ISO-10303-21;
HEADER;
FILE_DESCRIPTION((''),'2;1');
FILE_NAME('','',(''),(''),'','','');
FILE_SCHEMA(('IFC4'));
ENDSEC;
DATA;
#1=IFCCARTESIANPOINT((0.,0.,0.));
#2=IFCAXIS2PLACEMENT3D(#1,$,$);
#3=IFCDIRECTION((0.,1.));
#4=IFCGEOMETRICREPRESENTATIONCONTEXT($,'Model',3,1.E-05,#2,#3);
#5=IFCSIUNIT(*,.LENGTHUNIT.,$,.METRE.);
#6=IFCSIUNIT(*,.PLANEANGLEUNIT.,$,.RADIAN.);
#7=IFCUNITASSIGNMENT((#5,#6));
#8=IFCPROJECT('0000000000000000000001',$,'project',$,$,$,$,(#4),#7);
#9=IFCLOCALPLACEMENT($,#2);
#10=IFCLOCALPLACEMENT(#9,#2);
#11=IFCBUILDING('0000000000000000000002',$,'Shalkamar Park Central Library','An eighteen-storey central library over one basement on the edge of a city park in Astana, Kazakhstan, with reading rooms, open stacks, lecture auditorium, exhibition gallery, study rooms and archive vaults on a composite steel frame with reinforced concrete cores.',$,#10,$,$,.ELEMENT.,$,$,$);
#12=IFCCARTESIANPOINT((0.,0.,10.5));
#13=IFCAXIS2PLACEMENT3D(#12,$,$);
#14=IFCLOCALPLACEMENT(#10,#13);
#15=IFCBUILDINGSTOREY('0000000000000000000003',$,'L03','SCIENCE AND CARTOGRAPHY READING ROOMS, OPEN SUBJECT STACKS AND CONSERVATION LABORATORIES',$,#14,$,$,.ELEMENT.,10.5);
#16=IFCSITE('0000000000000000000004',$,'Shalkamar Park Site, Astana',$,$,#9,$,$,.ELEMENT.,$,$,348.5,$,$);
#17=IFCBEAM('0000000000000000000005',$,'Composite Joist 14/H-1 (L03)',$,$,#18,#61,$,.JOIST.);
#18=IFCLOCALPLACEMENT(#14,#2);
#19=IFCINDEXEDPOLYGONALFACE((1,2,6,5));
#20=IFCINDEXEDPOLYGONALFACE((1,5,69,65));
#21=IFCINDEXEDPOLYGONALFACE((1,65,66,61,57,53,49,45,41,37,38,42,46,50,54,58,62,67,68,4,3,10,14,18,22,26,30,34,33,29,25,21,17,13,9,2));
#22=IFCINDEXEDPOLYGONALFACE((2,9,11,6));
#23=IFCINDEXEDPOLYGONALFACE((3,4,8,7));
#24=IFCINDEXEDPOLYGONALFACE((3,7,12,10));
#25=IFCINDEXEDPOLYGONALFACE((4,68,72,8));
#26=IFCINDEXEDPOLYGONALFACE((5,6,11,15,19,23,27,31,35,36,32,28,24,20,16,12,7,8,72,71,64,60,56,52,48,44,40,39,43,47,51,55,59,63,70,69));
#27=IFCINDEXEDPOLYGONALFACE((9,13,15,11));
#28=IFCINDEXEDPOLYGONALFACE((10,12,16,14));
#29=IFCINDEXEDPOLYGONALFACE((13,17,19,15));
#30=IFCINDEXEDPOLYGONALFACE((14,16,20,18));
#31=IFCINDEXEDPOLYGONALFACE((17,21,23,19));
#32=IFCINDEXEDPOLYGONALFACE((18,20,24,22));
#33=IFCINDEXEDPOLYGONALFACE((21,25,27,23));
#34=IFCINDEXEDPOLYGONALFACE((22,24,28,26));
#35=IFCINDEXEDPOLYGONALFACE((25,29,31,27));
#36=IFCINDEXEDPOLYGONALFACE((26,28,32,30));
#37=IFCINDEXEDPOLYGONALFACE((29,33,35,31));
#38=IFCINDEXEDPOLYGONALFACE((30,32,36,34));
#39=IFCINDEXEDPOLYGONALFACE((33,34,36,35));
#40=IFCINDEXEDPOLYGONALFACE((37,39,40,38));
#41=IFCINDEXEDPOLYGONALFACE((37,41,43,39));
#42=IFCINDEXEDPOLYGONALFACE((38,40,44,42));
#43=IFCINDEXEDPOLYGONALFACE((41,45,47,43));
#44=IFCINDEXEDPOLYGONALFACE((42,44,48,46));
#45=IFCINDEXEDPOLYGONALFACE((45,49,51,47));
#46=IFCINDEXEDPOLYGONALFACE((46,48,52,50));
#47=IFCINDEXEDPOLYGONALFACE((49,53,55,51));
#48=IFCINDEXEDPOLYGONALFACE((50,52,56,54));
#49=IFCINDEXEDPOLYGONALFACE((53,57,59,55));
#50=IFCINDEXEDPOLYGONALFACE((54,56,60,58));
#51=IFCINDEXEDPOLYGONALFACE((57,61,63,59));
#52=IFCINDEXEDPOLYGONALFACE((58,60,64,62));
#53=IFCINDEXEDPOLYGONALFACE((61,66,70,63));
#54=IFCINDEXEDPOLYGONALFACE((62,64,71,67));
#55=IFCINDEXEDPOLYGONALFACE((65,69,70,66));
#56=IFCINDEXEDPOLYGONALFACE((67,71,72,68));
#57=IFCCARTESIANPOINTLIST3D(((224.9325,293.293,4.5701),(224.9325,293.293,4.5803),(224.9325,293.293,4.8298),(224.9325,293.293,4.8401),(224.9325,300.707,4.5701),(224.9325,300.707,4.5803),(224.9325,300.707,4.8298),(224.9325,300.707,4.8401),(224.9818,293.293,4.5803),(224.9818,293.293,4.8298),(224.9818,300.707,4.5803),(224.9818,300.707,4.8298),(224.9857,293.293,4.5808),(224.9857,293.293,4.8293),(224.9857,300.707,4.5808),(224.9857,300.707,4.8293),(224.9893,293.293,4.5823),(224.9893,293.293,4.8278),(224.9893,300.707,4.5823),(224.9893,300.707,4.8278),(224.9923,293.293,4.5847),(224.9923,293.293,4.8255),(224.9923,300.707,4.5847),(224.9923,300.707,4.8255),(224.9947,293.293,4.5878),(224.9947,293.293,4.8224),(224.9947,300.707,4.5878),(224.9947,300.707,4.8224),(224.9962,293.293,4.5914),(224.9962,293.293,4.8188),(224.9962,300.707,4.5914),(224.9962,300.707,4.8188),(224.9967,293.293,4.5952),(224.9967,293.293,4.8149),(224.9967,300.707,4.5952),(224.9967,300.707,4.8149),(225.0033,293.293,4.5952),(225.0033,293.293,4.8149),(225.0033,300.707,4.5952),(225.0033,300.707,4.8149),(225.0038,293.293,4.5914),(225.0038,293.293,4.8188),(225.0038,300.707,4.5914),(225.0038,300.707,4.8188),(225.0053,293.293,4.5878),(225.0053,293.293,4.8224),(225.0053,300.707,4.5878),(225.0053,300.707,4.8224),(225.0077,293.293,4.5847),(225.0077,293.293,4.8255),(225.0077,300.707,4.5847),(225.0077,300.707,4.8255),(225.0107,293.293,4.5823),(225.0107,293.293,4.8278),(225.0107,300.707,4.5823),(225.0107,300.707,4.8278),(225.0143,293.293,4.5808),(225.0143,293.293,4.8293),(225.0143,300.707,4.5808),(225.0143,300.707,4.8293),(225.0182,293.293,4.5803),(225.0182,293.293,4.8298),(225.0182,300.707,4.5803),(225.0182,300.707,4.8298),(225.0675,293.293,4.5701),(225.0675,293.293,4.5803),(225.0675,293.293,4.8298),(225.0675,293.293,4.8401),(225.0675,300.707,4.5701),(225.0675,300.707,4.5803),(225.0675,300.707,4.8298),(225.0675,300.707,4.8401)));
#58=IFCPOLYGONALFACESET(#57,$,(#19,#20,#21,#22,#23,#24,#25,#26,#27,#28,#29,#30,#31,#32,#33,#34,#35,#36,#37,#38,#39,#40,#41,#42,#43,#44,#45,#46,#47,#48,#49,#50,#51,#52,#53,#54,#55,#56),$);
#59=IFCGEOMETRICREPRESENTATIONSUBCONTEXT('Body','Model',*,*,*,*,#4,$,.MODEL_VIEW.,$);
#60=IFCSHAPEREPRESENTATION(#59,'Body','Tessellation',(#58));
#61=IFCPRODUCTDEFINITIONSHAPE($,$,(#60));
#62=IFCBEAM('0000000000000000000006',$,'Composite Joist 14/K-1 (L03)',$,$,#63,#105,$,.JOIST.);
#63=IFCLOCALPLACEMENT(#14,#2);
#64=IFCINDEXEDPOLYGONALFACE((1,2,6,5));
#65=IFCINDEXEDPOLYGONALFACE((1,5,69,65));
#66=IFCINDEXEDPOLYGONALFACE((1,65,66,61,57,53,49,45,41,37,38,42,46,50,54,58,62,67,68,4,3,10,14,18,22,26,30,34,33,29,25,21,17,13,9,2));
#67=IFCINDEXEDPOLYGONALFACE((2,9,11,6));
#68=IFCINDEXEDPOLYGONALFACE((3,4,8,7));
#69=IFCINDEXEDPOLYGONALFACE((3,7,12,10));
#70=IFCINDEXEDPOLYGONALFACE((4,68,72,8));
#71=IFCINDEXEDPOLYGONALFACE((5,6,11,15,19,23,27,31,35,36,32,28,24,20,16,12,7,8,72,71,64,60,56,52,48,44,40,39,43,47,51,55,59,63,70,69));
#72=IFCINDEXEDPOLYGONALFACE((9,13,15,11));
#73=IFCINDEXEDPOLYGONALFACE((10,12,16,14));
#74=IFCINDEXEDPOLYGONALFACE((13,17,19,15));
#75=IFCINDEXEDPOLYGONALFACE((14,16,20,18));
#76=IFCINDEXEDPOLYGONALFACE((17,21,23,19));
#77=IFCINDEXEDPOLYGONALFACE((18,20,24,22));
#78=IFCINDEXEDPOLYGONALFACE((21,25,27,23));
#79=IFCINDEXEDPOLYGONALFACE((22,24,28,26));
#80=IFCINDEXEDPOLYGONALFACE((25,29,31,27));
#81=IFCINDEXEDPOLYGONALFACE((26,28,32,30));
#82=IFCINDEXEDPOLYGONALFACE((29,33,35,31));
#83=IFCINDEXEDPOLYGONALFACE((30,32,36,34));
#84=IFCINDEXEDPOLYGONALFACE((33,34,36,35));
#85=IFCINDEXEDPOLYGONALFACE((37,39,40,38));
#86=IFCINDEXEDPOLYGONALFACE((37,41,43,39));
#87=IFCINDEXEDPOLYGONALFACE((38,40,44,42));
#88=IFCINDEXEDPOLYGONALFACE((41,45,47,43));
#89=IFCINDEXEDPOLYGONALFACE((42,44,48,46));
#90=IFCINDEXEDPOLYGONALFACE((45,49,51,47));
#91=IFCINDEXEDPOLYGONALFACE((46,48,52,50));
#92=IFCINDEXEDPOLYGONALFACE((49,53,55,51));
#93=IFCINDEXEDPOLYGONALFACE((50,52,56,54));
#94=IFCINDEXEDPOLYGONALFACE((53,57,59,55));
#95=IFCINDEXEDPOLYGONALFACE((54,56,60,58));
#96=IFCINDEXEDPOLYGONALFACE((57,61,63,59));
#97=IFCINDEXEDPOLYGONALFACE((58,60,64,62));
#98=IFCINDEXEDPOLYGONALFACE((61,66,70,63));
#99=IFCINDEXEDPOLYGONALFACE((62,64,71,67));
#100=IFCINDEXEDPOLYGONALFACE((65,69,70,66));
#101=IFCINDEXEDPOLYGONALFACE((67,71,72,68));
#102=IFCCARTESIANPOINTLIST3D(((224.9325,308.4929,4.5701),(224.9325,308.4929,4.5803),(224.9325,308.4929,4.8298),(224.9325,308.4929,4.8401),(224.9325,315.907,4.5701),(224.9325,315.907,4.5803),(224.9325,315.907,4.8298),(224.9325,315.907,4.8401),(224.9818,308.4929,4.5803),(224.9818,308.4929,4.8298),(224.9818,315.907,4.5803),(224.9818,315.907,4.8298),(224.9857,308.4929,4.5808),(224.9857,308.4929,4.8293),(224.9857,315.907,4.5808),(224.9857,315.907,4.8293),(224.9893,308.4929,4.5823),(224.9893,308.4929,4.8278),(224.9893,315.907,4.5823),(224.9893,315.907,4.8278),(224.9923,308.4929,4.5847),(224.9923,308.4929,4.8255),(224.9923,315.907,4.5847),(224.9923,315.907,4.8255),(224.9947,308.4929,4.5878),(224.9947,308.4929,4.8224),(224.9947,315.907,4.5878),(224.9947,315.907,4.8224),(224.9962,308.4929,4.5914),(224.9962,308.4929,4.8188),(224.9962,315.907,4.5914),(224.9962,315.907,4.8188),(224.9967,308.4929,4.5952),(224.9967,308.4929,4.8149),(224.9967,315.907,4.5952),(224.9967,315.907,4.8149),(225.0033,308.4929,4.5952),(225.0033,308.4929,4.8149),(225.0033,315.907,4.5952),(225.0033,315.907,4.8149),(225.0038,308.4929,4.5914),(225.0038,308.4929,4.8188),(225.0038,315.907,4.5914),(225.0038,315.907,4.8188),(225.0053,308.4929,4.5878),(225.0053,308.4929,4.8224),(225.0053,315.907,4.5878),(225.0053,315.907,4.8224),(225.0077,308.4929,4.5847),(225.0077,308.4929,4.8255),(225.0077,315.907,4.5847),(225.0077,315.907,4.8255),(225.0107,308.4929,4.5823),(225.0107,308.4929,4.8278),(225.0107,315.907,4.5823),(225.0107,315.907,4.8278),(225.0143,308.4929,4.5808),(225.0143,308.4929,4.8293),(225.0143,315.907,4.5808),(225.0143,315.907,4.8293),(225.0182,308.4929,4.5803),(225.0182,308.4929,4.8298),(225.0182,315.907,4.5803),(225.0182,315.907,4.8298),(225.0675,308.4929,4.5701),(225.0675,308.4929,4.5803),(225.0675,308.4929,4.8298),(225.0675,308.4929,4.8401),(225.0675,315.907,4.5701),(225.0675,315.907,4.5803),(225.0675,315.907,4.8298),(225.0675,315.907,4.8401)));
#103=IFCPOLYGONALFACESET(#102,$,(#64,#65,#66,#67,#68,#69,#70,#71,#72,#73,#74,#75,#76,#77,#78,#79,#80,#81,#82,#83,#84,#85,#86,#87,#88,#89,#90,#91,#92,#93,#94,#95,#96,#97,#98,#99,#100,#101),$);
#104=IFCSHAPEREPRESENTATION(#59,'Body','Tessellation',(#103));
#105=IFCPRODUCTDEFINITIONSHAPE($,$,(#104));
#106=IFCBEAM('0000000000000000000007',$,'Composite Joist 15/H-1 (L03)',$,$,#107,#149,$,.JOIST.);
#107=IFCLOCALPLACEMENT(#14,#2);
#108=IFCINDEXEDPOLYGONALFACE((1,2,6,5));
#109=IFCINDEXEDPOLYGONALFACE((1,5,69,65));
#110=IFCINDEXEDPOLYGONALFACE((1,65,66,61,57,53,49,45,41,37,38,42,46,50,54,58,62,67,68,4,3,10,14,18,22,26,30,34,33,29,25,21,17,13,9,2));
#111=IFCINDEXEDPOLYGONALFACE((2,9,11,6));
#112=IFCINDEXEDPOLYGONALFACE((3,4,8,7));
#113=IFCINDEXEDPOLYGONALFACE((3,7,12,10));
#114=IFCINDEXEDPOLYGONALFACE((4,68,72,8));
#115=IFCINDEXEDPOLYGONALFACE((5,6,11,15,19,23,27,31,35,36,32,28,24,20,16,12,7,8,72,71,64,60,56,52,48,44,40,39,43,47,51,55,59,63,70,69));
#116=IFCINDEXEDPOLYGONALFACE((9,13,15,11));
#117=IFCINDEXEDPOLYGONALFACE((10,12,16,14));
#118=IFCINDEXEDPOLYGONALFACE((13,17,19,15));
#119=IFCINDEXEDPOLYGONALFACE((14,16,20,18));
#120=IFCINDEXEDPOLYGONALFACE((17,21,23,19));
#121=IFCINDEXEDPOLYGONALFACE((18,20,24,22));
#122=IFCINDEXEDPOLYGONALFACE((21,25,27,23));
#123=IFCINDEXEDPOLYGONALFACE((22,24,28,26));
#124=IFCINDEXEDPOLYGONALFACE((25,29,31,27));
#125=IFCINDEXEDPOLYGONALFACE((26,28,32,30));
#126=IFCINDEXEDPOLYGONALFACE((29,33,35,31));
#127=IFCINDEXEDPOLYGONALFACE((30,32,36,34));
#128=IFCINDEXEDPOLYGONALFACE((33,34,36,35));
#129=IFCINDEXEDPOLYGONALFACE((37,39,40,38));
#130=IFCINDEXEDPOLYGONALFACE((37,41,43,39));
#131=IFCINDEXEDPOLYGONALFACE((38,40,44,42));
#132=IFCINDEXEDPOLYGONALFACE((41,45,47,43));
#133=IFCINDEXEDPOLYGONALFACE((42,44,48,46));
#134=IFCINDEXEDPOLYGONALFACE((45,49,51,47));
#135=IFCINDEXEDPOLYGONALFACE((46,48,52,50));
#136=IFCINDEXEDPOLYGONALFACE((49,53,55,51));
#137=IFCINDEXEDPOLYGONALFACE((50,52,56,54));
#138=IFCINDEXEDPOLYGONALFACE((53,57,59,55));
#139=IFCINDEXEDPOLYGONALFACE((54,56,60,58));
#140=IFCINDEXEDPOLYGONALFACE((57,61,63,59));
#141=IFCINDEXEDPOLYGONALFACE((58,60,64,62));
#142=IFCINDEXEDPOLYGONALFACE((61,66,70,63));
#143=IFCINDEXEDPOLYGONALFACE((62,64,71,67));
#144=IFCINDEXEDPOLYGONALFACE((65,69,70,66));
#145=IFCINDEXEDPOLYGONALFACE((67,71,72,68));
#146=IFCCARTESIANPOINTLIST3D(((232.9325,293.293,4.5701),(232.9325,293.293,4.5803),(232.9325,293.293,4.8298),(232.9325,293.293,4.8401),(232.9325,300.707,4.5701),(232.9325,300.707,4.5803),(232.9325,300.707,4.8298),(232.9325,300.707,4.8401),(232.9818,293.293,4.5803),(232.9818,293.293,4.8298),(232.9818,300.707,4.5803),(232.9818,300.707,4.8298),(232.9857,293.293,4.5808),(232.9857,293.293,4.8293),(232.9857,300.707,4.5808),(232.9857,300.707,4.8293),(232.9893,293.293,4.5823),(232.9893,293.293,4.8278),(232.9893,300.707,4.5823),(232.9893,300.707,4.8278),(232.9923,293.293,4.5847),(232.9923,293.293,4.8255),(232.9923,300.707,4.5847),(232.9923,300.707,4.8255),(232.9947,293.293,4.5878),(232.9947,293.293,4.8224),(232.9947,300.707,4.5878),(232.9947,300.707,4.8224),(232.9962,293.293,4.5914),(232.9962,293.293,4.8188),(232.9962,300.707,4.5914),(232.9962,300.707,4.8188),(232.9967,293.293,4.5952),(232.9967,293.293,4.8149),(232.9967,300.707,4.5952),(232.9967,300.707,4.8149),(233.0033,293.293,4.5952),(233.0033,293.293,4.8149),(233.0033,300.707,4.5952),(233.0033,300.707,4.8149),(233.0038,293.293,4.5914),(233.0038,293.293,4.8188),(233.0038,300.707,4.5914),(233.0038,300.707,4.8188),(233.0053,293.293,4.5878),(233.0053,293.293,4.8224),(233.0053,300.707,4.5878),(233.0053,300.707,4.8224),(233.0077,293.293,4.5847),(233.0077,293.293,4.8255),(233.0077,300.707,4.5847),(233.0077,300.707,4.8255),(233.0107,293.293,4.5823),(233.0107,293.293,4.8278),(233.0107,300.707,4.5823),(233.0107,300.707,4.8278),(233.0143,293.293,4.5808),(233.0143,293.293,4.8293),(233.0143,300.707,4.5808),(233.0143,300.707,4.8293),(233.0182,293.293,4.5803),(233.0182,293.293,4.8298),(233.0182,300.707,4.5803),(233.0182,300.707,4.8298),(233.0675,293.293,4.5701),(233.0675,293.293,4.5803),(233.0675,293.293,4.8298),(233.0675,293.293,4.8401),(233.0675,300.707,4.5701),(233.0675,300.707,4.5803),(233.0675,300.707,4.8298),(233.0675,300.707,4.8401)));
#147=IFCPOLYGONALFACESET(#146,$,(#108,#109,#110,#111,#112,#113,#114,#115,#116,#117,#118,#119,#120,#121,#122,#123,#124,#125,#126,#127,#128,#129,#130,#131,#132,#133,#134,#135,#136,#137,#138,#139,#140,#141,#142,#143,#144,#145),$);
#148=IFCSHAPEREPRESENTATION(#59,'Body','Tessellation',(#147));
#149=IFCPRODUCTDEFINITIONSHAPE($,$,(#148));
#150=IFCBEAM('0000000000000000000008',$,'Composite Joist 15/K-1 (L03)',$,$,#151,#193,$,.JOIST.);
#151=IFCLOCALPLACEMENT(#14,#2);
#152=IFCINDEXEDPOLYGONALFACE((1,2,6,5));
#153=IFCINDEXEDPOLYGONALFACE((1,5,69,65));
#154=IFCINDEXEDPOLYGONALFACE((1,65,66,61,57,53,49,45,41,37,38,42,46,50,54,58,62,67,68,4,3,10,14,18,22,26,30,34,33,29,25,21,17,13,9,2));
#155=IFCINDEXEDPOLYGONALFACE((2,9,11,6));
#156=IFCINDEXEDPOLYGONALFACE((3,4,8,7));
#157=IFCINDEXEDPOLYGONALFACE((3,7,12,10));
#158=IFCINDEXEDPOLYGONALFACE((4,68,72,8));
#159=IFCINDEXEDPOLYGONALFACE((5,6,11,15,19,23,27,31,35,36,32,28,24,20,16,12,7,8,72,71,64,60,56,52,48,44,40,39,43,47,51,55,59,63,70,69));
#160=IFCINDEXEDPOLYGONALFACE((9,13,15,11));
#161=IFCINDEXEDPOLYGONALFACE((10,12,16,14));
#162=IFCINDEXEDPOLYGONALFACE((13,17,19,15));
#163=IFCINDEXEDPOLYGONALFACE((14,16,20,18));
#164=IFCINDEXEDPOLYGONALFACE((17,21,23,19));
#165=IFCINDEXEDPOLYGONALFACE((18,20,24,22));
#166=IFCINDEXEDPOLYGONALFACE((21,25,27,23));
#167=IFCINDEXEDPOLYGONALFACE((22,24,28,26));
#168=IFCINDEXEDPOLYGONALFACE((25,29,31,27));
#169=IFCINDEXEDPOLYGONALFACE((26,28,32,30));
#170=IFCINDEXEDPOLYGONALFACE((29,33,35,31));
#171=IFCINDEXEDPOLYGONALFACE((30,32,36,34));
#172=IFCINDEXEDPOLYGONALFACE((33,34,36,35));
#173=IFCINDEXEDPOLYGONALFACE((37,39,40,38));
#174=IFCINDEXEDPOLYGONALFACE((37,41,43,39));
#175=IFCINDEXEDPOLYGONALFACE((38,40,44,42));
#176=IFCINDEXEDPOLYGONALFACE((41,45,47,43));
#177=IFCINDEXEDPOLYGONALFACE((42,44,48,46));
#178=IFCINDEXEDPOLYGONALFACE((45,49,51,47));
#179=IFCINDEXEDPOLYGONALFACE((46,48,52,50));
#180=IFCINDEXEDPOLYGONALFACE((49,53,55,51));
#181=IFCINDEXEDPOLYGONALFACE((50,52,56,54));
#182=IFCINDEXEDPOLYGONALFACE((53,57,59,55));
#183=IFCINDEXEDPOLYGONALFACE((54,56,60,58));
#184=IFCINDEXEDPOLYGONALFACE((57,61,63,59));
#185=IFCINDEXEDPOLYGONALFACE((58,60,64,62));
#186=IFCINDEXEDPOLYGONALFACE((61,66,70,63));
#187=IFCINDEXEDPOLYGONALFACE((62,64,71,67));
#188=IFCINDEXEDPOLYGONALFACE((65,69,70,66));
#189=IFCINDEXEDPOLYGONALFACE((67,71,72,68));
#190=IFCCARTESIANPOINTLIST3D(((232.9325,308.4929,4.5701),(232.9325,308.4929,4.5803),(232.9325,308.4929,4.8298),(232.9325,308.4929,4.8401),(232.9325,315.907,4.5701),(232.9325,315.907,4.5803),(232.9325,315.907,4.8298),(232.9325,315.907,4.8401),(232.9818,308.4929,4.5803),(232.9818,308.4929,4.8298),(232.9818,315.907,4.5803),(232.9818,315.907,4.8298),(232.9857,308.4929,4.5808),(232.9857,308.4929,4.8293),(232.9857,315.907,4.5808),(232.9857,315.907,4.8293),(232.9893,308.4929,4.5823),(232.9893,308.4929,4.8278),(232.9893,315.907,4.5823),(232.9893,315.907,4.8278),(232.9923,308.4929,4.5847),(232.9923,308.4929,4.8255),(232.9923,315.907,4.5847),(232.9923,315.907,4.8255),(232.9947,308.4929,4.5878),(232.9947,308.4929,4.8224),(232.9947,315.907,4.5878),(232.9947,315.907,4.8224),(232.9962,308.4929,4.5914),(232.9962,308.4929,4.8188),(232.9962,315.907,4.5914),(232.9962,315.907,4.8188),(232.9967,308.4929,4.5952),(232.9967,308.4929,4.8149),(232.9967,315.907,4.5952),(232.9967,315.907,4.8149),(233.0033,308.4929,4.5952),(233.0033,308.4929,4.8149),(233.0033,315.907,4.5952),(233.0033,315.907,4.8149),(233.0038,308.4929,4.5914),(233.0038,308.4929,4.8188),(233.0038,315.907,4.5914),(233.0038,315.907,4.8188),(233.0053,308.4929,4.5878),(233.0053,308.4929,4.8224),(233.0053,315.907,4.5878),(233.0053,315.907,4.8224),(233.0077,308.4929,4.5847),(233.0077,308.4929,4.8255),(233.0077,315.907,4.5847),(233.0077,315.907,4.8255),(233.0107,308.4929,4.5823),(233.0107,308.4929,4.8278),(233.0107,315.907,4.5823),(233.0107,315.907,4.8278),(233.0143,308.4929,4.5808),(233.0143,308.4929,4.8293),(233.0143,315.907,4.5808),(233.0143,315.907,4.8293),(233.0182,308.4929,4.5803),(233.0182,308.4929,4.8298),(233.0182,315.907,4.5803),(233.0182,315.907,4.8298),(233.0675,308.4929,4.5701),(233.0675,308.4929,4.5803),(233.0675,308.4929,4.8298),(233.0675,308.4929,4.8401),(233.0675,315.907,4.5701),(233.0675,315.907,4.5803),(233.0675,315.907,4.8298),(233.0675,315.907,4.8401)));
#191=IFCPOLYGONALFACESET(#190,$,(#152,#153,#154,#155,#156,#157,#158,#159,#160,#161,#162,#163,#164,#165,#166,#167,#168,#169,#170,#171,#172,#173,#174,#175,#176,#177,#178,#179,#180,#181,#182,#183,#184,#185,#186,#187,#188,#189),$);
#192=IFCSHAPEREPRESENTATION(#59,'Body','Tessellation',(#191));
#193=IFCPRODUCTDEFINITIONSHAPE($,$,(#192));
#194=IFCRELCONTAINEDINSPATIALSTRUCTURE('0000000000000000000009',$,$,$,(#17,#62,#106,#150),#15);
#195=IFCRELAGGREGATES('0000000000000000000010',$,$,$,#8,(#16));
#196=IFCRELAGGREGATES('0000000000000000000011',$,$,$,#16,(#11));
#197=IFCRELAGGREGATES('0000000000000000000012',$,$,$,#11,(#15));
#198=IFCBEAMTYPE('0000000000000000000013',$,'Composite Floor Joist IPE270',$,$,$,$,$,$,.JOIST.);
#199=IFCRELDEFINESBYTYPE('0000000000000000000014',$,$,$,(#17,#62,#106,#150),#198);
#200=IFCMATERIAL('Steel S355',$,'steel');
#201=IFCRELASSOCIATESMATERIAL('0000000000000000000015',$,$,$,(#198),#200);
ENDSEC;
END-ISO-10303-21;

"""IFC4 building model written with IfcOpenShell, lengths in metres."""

from ifc_helpers import new_model, si_unit, direction, frame, origin, origin_2d, place, context, subcontext, project, spatial, i_section, extrude, material, material_profile, profile_set, type_object, element, save


model = new_model("IFC4")

# Units and contexts
model_context = context("Model", 3, precision=1e-05, world=origin(), true_north=direction((0.0, 1.0)))
body_context = subcontext(model_context, "Body", "Model", "MODEL_VIEW")
ifc_project = project(units=[si_unit("LENGTHUNIT", "METRE"), si_unit("PLANEANGLEUNIT", "RADIAN")], contexts=[model_context])

# Site, building, storey
site_placement = place(None, origin())
site = spatial("IfcSite", under=ifc_project, at=site_placement, Name="Shalkamar Park Site, Astana", CompositionType="ELEMENT", RefElevation=348.5)
building_placement = place(site_placement, origin())
building = spatial("IfcBuilding", under=site, at=building_placement, Name="Shalkamar Park Central Library", Description="An eighteen-storey central library over one basement on the edge of a city park in Astana, Kazakhstan, with reading rooms, open stacks, lecture auditorium, exhibition gallery, study rooms and archive vaults on a composite steel frame with reinforced concrete cores.", CompositionType="ELEMENT")
storey_placement = place(building_placement, frame((0.0, 0.0, 10.5)))
storey = spatial("IfcBuildingStorey", under=building, at=storey_placement, Name="L03", Description="SCIENCE AND CARTOGRAPHY READING ROOMS, OPEN SUBJECT STACKS AND CONSERVATION LABORATORIES", CompositionType="ELEMENT", Elevation=10.5)

# Shared definitions
ifc_material = material(Name="Steel S355", Category="steel")

# Beams
ifc_material_profile_1 = material_profile(ifc_material, i_section(OverallWidth=0.135, OverallDepth=0.27, WebThickness=0.0066, FlangeThickness=0.0103, FilletRadius=0.0149, at=origin_2d()), Name="IPE 270")
ifc_profile_set_1 = profile_set([ifc_material_profile_1], Name="Steel S355")
beam_type_1 = type_object("IfcBeamType", Name="Composite Floor Joist IPE270", PredefinedType="JOIST", material=ifc_profile_set_1)
for number, where, z_axis, x_axis, name in (
    (1, (225.0, 293.293, 4.7051), (0.0, 1.0, 0.0), (-1.0, 0.0, 0.0), "Composite Joist 14/H-1 (L03)"),
    (2, (225.0, 308.4929, 4.7051), (0.0, 1.0, 0.0), (-1.0, 0.0, 0.0), "Composite Joist 14/K-1 (L03)"),
    (3, (233.0, 293.293, 4.7051), (0.0, 1.0, 0.0), (-1.0, 0.0, 0.0), "Composite Joist 15/H-1 (L03)"),
    (4, (233.0, 308.4929, 4.7051), (0.0, 1.0, 0.0), (-1.0, 0.0, 0.0), "Composite Joist 15/K-1 (L03)"),
):
    element("IfcBeam", number, at=place(storey_placement, frame(where, z_axis=z_axis, x_axis=x_axis)), inside=storey, type_object=beam_type_1, Name=name, PredefinedType="JOIST", context=body_context, shape_type="SweptSolid", body=[
        extrude(i_section(OverallWidth=0.135, OverallDepth=0.27, WebThickness=0.0066, FlangeThickness=0.0103, FilletRadius=0.0149, at=origin_2d()), origin(), (0.0, 0.0, 1.0), 7.4141),
    ])

save(model, "model.ifc")
